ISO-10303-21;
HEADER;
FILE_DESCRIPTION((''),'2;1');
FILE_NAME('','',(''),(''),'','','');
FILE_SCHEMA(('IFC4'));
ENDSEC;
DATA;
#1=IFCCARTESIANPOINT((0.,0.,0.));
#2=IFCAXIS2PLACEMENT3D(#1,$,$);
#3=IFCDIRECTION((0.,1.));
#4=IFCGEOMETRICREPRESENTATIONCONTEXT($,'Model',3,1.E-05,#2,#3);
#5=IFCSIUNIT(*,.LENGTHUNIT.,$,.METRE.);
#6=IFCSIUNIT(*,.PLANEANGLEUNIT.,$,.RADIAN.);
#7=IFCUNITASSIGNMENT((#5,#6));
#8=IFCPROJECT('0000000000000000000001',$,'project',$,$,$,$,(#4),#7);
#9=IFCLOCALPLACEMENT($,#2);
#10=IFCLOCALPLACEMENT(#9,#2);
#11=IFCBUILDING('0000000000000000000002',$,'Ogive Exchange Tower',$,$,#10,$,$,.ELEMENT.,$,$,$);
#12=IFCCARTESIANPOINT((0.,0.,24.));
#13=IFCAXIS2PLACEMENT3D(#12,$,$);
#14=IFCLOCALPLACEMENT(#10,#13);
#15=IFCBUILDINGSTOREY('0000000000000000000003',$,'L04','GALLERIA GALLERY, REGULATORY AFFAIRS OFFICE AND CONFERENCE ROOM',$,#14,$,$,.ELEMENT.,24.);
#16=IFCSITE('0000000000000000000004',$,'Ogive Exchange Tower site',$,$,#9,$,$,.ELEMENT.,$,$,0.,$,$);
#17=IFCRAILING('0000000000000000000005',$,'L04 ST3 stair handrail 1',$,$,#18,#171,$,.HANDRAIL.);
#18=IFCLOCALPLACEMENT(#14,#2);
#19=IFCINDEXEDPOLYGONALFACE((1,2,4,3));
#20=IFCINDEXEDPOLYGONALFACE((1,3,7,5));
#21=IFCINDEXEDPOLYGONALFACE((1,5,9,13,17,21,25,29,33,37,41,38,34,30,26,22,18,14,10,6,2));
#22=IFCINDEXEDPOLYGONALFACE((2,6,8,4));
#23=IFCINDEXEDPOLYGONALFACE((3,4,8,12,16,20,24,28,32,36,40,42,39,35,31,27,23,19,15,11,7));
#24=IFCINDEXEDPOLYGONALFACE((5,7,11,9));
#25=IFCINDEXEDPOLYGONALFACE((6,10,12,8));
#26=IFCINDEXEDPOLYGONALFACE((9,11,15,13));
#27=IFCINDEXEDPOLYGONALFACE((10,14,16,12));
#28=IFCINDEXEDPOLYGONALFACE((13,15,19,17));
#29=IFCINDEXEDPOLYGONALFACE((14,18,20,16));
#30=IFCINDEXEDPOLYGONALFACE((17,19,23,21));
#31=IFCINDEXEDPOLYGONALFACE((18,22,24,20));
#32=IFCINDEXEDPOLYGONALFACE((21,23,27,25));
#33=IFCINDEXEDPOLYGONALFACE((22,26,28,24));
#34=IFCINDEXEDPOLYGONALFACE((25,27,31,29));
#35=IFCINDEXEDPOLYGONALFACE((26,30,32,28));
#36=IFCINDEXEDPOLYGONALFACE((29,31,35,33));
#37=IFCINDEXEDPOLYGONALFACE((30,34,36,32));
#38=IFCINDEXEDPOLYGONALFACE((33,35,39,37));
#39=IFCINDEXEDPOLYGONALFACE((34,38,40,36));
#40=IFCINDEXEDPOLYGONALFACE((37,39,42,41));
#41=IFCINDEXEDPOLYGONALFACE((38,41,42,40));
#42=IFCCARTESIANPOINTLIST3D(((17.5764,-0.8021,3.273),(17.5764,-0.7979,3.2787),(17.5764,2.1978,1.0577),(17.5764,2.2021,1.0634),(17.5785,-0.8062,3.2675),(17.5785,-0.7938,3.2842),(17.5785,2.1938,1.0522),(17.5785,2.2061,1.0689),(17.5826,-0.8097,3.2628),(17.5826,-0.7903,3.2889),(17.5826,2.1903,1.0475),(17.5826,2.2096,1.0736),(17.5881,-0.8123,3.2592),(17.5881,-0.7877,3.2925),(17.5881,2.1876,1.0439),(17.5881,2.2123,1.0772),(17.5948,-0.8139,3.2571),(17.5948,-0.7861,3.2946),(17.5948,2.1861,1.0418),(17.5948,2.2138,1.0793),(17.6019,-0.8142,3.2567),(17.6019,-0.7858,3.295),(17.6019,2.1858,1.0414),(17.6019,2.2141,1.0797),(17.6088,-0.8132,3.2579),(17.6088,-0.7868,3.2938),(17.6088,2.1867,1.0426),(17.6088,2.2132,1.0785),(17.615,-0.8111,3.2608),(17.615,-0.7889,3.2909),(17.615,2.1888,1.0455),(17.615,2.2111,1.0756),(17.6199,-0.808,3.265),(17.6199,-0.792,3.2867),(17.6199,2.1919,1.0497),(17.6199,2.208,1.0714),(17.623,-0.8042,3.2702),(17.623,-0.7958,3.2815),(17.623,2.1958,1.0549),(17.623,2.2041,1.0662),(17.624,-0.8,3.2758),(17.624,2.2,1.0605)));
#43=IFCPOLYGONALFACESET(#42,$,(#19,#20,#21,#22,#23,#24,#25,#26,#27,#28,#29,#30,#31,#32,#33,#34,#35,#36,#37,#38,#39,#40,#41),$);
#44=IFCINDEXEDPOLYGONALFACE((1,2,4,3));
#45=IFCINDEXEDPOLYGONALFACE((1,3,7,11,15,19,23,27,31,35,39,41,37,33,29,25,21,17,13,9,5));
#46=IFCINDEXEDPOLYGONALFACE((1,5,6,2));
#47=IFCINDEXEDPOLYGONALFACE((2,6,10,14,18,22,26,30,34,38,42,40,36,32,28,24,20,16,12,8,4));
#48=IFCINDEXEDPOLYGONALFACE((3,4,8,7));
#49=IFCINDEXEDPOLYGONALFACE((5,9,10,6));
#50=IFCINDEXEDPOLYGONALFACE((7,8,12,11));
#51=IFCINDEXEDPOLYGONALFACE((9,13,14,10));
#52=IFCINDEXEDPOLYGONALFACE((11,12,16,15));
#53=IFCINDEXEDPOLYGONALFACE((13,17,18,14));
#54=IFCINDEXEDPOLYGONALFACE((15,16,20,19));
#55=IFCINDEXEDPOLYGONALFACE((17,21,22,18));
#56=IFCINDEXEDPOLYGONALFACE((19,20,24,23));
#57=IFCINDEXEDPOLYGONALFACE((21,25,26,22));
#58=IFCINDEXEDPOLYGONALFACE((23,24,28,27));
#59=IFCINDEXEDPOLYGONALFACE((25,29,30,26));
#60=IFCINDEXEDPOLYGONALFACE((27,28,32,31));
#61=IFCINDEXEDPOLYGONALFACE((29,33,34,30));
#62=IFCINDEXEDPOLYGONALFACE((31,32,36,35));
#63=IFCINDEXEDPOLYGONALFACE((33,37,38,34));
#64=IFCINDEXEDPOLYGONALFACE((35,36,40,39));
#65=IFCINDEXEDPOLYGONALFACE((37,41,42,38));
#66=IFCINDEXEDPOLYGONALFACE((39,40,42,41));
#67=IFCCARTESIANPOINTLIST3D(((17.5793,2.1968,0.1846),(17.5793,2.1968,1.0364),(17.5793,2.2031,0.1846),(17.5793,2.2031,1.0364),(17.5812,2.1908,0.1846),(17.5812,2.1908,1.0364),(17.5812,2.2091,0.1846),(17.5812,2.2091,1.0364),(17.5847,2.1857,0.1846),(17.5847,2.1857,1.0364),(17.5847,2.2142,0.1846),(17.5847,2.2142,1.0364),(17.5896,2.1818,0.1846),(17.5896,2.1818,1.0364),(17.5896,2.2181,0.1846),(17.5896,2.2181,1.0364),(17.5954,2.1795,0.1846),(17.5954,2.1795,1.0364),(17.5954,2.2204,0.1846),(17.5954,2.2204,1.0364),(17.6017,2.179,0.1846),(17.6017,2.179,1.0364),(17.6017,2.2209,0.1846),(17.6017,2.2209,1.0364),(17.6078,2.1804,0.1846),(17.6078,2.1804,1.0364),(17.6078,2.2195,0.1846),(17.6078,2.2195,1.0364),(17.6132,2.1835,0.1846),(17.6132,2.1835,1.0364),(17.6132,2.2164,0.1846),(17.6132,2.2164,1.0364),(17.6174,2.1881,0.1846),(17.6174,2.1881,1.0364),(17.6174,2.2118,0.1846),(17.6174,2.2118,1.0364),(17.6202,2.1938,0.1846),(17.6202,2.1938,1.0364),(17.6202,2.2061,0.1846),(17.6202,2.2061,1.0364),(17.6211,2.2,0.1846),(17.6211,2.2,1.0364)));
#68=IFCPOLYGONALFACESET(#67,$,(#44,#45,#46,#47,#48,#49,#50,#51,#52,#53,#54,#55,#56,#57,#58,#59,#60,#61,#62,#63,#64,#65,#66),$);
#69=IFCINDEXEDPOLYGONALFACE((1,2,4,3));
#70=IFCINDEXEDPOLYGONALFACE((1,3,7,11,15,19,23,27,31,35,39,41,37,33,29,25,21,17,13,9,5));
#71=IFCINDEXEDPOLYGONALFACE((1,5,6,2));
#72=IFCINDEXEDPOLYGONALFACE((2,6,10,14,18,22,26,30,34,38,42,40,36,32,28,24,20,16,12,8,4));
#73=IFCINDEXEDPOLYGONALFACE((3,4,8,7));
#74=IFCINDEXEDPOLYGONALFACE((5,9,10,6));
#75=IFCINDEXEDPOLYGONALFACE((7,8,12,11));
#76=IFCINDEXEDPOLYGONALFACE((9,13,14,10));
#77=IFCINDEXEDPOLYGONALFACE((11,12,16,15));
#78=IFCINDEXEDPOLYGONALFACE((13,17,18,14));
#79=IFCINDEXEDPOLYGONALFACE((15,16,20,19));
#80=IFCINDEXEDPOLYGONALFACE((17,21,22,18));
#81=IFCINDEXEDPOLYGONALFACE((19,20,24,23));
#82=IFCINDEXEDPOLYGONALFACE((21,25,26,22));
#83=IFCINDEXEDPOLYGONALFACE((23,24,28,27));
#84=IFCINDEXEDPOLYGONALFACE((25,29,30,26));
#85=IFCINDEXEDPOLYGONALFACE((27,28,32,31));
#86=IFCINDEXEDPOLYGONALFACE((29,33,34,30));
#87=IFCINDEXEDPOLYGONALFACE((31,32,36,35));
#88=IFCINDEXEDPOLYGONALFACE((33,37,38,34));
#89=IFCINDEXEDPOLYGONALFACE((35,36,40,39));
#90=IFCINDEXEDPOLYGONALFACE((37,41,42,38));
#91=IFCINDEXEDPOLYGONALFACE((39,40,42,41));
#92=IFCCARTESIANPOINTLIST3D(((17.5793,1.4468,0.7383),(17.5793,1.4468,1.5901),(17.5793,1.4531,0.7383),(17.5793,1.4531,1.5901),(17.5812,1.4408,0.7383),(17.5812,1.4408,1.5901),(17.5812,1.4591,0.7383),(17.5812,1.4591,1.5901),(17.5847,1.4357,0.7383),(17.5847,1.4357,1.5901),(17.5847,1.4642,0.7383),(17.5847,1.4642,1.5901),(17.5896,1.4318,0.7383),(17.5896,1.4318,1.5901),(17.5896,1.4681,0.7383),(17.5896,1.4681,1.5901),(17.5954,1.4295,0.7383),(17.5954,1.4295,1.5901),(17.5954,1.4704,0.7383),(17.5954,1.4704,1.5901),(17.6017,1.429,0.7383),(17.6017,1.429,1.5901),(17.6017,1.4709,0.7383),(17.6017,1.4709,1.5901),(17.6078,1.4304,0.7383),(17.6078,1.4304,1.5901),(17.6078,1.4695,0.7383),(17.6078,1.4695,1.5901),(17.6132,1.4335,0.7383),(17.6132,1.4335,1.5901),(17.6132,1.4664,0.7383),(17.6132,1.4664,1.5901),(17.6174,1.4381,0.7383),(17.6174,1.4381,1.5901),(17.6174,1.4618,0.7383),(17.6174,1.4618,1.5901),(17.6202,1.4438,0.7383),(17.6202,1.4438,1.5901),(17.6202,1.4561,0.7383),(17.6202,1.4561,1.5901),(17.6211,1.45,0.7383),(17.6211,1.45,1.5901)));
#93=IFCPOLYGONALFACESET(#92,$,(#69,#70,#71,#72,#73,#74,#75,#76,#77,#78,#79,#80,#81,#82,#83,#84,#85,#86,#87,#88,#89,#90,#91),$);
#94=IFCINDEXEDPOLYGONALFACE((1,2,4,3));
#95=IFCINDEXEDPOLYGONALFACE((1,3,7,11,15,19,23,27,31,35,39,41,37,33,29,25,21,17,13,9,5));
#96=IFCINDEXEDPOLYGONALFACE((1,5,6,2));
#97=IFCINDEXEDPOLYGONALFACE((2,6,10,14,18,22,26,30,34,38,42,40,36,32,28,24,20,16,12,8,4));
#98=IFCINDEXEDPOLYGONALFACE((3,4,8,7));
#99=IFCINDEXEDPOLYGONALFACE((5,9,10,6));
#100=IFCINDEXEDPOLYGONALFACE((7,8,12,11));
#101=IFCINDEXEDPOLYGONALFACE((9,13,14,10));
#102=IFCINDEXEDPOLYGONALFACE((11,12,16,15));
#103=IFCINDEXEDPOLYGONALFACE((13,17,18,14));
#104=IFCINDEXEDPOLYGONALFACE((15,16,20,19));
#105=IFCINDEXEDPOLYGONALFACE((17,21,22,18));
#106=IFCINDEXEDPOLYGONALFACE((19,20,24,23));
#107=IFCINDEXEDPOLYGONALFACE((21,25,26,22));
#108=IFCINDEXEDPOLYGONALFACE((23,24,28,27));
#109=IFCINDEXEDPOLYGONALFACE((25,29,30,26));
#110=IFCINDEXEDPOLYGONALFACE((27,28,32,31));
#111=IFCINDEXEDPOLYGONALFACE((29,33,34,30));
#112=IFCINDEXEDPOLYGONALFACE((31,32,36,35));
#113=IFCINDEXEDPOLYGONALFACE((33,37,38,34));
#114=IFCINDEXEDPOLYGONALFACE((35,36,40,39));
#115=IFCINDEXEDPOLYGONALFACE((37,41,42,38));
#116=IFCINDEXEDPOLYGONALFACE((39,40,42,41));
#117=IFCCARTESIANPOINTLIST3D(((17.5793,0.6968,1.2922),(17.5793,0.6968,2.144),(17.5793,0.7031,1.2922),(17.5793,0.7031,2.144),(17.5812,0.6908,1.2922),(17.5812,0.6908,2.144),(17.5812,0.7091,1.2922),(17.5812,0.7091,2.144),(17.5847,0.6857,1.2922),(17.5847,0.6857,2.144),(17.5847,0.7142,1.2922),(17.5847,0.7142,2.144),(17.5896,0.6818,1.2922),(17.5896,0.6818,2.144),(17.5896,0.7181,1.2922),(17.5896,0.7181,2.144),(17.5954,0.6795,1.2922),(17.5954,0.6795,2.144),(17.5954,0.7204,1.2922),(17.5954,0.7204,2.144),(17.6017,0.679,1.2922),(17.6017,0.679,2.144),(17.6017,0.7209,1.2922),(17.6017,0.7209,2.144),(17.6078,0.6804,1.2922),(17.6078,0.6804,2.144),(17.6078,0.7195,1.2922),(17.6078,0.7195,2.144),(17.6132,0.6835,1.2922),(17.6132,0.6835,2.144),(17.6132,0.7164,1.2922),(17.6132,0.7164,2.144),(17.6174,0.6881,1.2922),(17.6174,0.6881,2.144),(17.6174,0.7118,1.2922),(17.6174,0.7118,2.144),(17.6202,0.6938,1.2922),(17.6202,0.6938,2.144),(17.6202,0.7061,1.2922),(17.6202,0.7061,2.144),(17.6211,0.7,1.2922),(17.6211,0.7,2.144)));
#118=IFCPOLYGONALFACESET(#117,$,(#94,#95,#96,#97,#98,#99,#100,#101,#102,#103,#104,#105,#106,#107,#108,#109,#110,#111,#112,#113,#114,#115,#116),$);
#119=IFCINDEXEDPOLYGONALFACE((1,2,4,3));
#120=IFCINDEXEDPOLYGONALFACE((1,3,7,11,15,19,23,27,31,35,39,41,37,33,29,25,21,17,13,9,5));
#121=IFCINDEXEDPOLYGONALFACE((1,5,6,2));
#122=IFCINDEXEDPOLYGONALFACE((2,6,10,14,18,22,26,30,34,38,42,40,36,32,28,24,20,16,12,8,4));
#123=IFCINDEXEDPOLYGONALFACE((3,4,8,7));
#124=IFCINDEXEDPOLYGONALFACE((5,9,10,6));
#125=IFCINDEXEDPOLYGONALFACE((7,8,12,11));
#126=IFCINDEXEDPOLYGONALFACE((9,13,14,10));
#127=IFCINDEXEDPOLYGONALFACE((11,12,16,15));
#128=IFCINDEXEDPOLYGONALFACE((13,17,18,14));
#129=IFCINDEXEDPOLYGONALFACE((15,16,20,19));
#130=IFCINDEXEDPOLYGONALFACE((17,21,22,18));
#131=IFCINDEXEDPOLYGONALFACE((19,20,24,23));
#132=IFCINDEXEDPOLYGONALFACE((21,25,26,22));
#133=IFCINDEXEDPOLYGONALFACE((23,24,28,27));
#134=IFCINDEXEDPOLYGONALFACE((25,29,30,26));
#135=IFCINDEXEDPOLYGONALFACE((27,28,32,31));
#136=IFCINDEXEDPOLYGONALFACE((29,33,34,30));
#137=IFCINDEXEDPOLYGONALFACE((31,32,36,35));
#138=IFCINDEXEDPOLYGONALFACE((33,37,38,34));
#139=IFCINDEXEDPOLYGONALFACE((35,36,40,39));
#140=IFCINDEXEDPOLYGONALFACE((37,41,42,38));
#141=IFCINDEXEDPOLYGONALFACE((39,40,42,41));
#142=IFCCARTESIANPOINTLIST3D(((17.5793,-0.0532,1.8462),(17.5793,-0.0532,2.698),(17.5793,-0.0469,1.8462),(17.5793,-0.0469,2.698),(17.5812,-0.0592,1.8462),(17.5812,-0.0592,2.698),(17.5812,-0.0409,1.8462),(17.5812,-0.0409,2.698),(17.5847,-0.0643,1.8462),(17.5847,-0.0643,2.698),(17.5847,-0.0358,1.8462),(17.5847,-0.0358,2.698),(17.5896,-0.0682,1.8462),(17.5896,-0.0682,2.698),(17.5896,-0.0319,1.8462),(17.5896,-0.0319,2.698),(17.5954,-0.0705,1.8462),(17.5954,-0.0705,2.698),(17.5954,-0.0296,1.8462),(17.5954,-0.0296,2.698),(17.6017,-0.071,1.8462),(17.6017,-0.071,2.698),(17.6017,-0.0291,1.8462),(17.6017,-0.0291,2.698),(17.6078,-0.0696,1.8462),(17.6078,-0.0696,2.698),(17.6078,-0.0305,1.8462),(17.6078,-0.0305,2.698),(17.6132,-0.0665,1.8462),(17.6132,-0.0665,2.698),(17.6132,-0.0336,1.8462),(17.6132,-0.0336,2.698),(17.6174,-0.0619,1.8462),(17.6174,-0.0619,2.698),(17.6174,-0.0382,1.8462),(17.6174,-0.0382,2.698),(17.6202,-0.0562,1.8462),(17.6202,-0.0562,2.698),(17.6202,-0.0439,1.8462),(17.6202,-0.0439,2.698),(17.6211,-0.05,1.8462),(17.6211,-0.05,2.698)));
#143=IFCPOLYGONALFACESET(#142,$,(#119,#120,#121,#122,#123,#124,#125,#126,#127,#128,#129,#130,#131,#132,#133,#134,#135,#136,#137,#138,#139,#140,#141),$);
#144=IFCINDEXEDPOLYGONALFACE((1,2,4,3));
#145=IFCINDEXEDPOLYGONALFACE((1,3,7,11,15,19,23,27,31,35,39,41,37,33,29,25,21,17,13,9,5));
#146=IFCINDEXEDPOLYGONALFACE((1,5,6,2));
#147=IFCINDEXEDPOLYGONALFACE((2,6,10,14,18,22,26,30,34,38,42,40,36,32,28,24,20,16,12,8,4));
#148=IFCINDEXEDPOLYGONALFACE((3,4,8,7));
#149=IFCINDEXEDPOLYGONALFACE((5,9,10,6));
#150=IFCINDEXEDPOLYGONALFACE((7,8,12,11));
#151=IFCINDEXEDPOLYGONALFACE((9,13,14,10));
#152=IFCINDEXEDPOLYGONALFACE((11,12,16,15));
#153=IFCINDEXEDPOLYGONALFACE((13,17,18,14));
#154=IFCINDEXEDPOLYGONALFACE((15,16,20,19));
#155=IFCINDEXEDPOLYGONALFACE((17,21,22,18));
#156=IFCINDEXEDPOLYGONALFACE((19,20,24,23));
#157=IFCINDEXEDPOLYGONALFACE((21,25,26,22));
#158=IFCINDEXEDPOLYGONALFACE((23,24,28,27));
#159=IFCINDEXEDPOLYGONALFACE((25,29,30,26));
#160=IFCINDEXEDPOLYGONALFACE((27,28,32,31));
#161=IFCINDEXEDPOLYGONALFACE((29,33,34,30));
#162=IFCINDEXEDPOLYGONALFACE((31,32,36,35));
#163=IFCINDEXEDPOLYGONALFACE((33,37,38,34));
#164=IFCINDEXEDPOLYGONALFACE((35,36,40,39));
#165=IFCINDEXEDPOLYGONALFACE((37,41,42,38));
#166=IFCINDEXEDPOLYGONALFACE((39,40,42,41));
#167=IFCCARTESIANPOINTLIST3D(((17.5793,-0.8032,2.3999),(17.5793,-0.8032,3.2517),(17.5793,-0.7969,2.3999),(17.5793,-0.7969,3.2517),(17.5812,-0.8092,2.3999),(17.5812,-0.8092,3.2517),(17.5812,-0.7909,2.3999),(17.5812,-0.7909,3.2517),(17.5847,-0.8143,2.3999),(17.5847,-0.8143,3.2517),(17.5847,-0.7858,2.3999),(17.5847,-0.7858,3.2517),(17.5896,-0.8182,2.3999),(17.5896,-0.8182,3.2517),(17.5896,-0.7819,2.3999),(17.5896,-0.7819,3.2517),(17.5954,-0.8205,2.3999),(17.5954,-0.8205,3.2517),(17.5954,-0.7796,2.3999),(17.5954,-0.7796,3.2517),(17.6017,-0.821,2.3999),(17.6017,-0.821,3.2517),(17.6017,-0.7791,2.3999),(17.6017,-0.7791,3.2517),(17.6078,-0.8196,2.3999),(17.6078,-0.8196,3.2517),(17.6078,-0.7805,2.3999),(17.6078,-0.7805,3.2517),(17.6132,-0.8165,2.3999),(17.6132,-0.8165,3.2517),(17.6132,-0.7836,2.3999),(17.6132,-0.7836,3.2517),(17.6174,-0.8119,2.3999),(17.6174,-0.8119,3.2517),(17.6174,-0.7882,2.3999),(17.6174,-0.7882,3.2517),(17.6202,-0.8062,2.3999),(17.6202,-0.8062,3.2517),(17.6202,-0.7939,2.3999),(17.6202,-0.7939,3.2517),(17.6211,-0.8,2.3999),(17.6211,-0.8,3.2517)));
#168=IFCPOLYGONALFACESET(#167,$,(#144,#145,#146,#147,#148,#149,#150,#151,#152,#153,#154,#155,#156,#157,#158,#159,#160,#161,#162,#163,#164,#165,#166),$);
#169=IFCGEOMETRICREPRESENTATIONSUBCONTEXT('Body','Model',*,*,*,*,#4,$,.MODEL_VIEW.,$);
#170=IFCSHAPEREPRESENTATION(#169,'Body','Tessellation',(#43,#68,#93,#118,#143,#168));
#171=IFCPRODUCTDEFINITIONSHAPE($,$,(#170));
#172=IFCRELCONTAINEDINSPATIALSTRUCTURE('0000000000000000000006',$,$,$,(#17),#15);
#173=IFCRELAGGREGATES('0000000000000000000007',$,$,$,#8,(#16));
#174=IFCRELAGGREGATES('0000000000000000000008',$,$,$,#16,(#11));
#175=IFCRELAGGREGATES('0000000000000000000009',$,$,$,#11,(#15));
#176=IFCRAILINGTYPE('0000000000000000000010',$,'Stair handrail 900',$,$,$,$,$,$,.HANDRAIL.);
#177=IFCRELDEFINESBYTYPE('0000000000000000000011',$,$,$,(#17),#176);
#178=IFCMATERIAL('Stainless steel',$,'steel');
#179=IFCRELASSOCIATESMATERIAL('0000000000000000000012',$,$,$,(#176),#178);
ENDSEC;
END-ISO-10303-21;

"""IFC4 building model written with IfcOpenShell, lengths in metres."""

from ifc_helpers import new_model, si_unit, direction, frame, origin, origin_2d, place, context, subcontext, project, spatial, circle, extrude, material, type_object, element, save


model = new_model("IFC4")

# Units and contexts
model_context = context("Model", 3, precision=1e-05, world=origin(), true_north=direction((0.0, 1.0)))
body_context = subcontext(model_context, "Body", "Model", "MODEL_VIEW")
ifc_project = project(units=[si_unit("LENGTHUNIT", "METRE"), si_unit("PLANEANGLEUNIT", "RADIAN")], contexts=[model_context])

# Site, building, storey
site_placement = place(None, origin())
site = spatial("IfcSite", under=ifc_project, at=site_placement, Name="Ogive Exchange Tower site", CompositionType="ELEMENT", RefElevation=0.0)
building_placement = place(site_placement, origin())
building = spatial("IfcBuilding", under=site, at=building_placement, Name="Ogive Exchange Tower", CompositionType="ELEMENT")
storey_placement = place(building_placement, frame((0.0, 0.0, 24.0)))
storey = spatial("IfcBuildingStorey", under=building, at=storey_placement, Name="L04", Description="GALLERIA GALLERY, REGULATORY AFFAIRS OFFICE AND CONFERENCE ROOM", CompositionType="ELEMENT", Elevation=24.0)

# Shared definitions
ifc_material_1 = material(Name="Stainless steel", Category="steel")

# Railing
railing_type = type_object("IfcRailingType", Name="Stair handrail 900", PredefinedType="HANDRAIL", material=ifc_material_1)
railing_placement = place(storey_placement, frame((17.6001, 2.2, 0.1846)))
element("IfcRailing", 1, at=railing_placement, inside=storey, type_object=railing_type, Name="L04 ST3 stair handrail 1", PredefinedType="HANDRAIL", context=body_context, shape_type="SweptSolid", body=[
    extrude(circle(Radius=0.0239, at=origin_2d()), frame((0.0, 0.0, 0.876), z_axis=(0.0, -0.80444, 0.594034), x_axis=(1.0, 0.0, 0.0)), (0.0, 0.0, 1.0), 3.7292),
    extrude(circle(Radius=0.021, at=origin_2d()), origin(), (0.0, 0.0, 1.0), 0.8518),
    extrude(circle(Radius=0.021, at=origin_2d()), frame((0.0, -0.75, 0.5537)), (0.0, 0.0, 1.0), 0.8518),
    extrude(circle(Radius=0.021, at=origin_2d()), frame((0.0, -1.5, 1.1077)), (0.0, 0.0, 1.0), 0.8518),
    extrude(circle(Radius=0.021, at=origin_2d()), frame((0.0, -2.25, 1.6616)), (0.0, 0.0, 1.0), 0.8518),
    extrude(circle(Radius=0.021, at=origin_2d()), frame((0.0, -3.0, 2.2153)), (0.0, 0.0, 1.0), 0.8518),
])

save(model, "model.ifc")
